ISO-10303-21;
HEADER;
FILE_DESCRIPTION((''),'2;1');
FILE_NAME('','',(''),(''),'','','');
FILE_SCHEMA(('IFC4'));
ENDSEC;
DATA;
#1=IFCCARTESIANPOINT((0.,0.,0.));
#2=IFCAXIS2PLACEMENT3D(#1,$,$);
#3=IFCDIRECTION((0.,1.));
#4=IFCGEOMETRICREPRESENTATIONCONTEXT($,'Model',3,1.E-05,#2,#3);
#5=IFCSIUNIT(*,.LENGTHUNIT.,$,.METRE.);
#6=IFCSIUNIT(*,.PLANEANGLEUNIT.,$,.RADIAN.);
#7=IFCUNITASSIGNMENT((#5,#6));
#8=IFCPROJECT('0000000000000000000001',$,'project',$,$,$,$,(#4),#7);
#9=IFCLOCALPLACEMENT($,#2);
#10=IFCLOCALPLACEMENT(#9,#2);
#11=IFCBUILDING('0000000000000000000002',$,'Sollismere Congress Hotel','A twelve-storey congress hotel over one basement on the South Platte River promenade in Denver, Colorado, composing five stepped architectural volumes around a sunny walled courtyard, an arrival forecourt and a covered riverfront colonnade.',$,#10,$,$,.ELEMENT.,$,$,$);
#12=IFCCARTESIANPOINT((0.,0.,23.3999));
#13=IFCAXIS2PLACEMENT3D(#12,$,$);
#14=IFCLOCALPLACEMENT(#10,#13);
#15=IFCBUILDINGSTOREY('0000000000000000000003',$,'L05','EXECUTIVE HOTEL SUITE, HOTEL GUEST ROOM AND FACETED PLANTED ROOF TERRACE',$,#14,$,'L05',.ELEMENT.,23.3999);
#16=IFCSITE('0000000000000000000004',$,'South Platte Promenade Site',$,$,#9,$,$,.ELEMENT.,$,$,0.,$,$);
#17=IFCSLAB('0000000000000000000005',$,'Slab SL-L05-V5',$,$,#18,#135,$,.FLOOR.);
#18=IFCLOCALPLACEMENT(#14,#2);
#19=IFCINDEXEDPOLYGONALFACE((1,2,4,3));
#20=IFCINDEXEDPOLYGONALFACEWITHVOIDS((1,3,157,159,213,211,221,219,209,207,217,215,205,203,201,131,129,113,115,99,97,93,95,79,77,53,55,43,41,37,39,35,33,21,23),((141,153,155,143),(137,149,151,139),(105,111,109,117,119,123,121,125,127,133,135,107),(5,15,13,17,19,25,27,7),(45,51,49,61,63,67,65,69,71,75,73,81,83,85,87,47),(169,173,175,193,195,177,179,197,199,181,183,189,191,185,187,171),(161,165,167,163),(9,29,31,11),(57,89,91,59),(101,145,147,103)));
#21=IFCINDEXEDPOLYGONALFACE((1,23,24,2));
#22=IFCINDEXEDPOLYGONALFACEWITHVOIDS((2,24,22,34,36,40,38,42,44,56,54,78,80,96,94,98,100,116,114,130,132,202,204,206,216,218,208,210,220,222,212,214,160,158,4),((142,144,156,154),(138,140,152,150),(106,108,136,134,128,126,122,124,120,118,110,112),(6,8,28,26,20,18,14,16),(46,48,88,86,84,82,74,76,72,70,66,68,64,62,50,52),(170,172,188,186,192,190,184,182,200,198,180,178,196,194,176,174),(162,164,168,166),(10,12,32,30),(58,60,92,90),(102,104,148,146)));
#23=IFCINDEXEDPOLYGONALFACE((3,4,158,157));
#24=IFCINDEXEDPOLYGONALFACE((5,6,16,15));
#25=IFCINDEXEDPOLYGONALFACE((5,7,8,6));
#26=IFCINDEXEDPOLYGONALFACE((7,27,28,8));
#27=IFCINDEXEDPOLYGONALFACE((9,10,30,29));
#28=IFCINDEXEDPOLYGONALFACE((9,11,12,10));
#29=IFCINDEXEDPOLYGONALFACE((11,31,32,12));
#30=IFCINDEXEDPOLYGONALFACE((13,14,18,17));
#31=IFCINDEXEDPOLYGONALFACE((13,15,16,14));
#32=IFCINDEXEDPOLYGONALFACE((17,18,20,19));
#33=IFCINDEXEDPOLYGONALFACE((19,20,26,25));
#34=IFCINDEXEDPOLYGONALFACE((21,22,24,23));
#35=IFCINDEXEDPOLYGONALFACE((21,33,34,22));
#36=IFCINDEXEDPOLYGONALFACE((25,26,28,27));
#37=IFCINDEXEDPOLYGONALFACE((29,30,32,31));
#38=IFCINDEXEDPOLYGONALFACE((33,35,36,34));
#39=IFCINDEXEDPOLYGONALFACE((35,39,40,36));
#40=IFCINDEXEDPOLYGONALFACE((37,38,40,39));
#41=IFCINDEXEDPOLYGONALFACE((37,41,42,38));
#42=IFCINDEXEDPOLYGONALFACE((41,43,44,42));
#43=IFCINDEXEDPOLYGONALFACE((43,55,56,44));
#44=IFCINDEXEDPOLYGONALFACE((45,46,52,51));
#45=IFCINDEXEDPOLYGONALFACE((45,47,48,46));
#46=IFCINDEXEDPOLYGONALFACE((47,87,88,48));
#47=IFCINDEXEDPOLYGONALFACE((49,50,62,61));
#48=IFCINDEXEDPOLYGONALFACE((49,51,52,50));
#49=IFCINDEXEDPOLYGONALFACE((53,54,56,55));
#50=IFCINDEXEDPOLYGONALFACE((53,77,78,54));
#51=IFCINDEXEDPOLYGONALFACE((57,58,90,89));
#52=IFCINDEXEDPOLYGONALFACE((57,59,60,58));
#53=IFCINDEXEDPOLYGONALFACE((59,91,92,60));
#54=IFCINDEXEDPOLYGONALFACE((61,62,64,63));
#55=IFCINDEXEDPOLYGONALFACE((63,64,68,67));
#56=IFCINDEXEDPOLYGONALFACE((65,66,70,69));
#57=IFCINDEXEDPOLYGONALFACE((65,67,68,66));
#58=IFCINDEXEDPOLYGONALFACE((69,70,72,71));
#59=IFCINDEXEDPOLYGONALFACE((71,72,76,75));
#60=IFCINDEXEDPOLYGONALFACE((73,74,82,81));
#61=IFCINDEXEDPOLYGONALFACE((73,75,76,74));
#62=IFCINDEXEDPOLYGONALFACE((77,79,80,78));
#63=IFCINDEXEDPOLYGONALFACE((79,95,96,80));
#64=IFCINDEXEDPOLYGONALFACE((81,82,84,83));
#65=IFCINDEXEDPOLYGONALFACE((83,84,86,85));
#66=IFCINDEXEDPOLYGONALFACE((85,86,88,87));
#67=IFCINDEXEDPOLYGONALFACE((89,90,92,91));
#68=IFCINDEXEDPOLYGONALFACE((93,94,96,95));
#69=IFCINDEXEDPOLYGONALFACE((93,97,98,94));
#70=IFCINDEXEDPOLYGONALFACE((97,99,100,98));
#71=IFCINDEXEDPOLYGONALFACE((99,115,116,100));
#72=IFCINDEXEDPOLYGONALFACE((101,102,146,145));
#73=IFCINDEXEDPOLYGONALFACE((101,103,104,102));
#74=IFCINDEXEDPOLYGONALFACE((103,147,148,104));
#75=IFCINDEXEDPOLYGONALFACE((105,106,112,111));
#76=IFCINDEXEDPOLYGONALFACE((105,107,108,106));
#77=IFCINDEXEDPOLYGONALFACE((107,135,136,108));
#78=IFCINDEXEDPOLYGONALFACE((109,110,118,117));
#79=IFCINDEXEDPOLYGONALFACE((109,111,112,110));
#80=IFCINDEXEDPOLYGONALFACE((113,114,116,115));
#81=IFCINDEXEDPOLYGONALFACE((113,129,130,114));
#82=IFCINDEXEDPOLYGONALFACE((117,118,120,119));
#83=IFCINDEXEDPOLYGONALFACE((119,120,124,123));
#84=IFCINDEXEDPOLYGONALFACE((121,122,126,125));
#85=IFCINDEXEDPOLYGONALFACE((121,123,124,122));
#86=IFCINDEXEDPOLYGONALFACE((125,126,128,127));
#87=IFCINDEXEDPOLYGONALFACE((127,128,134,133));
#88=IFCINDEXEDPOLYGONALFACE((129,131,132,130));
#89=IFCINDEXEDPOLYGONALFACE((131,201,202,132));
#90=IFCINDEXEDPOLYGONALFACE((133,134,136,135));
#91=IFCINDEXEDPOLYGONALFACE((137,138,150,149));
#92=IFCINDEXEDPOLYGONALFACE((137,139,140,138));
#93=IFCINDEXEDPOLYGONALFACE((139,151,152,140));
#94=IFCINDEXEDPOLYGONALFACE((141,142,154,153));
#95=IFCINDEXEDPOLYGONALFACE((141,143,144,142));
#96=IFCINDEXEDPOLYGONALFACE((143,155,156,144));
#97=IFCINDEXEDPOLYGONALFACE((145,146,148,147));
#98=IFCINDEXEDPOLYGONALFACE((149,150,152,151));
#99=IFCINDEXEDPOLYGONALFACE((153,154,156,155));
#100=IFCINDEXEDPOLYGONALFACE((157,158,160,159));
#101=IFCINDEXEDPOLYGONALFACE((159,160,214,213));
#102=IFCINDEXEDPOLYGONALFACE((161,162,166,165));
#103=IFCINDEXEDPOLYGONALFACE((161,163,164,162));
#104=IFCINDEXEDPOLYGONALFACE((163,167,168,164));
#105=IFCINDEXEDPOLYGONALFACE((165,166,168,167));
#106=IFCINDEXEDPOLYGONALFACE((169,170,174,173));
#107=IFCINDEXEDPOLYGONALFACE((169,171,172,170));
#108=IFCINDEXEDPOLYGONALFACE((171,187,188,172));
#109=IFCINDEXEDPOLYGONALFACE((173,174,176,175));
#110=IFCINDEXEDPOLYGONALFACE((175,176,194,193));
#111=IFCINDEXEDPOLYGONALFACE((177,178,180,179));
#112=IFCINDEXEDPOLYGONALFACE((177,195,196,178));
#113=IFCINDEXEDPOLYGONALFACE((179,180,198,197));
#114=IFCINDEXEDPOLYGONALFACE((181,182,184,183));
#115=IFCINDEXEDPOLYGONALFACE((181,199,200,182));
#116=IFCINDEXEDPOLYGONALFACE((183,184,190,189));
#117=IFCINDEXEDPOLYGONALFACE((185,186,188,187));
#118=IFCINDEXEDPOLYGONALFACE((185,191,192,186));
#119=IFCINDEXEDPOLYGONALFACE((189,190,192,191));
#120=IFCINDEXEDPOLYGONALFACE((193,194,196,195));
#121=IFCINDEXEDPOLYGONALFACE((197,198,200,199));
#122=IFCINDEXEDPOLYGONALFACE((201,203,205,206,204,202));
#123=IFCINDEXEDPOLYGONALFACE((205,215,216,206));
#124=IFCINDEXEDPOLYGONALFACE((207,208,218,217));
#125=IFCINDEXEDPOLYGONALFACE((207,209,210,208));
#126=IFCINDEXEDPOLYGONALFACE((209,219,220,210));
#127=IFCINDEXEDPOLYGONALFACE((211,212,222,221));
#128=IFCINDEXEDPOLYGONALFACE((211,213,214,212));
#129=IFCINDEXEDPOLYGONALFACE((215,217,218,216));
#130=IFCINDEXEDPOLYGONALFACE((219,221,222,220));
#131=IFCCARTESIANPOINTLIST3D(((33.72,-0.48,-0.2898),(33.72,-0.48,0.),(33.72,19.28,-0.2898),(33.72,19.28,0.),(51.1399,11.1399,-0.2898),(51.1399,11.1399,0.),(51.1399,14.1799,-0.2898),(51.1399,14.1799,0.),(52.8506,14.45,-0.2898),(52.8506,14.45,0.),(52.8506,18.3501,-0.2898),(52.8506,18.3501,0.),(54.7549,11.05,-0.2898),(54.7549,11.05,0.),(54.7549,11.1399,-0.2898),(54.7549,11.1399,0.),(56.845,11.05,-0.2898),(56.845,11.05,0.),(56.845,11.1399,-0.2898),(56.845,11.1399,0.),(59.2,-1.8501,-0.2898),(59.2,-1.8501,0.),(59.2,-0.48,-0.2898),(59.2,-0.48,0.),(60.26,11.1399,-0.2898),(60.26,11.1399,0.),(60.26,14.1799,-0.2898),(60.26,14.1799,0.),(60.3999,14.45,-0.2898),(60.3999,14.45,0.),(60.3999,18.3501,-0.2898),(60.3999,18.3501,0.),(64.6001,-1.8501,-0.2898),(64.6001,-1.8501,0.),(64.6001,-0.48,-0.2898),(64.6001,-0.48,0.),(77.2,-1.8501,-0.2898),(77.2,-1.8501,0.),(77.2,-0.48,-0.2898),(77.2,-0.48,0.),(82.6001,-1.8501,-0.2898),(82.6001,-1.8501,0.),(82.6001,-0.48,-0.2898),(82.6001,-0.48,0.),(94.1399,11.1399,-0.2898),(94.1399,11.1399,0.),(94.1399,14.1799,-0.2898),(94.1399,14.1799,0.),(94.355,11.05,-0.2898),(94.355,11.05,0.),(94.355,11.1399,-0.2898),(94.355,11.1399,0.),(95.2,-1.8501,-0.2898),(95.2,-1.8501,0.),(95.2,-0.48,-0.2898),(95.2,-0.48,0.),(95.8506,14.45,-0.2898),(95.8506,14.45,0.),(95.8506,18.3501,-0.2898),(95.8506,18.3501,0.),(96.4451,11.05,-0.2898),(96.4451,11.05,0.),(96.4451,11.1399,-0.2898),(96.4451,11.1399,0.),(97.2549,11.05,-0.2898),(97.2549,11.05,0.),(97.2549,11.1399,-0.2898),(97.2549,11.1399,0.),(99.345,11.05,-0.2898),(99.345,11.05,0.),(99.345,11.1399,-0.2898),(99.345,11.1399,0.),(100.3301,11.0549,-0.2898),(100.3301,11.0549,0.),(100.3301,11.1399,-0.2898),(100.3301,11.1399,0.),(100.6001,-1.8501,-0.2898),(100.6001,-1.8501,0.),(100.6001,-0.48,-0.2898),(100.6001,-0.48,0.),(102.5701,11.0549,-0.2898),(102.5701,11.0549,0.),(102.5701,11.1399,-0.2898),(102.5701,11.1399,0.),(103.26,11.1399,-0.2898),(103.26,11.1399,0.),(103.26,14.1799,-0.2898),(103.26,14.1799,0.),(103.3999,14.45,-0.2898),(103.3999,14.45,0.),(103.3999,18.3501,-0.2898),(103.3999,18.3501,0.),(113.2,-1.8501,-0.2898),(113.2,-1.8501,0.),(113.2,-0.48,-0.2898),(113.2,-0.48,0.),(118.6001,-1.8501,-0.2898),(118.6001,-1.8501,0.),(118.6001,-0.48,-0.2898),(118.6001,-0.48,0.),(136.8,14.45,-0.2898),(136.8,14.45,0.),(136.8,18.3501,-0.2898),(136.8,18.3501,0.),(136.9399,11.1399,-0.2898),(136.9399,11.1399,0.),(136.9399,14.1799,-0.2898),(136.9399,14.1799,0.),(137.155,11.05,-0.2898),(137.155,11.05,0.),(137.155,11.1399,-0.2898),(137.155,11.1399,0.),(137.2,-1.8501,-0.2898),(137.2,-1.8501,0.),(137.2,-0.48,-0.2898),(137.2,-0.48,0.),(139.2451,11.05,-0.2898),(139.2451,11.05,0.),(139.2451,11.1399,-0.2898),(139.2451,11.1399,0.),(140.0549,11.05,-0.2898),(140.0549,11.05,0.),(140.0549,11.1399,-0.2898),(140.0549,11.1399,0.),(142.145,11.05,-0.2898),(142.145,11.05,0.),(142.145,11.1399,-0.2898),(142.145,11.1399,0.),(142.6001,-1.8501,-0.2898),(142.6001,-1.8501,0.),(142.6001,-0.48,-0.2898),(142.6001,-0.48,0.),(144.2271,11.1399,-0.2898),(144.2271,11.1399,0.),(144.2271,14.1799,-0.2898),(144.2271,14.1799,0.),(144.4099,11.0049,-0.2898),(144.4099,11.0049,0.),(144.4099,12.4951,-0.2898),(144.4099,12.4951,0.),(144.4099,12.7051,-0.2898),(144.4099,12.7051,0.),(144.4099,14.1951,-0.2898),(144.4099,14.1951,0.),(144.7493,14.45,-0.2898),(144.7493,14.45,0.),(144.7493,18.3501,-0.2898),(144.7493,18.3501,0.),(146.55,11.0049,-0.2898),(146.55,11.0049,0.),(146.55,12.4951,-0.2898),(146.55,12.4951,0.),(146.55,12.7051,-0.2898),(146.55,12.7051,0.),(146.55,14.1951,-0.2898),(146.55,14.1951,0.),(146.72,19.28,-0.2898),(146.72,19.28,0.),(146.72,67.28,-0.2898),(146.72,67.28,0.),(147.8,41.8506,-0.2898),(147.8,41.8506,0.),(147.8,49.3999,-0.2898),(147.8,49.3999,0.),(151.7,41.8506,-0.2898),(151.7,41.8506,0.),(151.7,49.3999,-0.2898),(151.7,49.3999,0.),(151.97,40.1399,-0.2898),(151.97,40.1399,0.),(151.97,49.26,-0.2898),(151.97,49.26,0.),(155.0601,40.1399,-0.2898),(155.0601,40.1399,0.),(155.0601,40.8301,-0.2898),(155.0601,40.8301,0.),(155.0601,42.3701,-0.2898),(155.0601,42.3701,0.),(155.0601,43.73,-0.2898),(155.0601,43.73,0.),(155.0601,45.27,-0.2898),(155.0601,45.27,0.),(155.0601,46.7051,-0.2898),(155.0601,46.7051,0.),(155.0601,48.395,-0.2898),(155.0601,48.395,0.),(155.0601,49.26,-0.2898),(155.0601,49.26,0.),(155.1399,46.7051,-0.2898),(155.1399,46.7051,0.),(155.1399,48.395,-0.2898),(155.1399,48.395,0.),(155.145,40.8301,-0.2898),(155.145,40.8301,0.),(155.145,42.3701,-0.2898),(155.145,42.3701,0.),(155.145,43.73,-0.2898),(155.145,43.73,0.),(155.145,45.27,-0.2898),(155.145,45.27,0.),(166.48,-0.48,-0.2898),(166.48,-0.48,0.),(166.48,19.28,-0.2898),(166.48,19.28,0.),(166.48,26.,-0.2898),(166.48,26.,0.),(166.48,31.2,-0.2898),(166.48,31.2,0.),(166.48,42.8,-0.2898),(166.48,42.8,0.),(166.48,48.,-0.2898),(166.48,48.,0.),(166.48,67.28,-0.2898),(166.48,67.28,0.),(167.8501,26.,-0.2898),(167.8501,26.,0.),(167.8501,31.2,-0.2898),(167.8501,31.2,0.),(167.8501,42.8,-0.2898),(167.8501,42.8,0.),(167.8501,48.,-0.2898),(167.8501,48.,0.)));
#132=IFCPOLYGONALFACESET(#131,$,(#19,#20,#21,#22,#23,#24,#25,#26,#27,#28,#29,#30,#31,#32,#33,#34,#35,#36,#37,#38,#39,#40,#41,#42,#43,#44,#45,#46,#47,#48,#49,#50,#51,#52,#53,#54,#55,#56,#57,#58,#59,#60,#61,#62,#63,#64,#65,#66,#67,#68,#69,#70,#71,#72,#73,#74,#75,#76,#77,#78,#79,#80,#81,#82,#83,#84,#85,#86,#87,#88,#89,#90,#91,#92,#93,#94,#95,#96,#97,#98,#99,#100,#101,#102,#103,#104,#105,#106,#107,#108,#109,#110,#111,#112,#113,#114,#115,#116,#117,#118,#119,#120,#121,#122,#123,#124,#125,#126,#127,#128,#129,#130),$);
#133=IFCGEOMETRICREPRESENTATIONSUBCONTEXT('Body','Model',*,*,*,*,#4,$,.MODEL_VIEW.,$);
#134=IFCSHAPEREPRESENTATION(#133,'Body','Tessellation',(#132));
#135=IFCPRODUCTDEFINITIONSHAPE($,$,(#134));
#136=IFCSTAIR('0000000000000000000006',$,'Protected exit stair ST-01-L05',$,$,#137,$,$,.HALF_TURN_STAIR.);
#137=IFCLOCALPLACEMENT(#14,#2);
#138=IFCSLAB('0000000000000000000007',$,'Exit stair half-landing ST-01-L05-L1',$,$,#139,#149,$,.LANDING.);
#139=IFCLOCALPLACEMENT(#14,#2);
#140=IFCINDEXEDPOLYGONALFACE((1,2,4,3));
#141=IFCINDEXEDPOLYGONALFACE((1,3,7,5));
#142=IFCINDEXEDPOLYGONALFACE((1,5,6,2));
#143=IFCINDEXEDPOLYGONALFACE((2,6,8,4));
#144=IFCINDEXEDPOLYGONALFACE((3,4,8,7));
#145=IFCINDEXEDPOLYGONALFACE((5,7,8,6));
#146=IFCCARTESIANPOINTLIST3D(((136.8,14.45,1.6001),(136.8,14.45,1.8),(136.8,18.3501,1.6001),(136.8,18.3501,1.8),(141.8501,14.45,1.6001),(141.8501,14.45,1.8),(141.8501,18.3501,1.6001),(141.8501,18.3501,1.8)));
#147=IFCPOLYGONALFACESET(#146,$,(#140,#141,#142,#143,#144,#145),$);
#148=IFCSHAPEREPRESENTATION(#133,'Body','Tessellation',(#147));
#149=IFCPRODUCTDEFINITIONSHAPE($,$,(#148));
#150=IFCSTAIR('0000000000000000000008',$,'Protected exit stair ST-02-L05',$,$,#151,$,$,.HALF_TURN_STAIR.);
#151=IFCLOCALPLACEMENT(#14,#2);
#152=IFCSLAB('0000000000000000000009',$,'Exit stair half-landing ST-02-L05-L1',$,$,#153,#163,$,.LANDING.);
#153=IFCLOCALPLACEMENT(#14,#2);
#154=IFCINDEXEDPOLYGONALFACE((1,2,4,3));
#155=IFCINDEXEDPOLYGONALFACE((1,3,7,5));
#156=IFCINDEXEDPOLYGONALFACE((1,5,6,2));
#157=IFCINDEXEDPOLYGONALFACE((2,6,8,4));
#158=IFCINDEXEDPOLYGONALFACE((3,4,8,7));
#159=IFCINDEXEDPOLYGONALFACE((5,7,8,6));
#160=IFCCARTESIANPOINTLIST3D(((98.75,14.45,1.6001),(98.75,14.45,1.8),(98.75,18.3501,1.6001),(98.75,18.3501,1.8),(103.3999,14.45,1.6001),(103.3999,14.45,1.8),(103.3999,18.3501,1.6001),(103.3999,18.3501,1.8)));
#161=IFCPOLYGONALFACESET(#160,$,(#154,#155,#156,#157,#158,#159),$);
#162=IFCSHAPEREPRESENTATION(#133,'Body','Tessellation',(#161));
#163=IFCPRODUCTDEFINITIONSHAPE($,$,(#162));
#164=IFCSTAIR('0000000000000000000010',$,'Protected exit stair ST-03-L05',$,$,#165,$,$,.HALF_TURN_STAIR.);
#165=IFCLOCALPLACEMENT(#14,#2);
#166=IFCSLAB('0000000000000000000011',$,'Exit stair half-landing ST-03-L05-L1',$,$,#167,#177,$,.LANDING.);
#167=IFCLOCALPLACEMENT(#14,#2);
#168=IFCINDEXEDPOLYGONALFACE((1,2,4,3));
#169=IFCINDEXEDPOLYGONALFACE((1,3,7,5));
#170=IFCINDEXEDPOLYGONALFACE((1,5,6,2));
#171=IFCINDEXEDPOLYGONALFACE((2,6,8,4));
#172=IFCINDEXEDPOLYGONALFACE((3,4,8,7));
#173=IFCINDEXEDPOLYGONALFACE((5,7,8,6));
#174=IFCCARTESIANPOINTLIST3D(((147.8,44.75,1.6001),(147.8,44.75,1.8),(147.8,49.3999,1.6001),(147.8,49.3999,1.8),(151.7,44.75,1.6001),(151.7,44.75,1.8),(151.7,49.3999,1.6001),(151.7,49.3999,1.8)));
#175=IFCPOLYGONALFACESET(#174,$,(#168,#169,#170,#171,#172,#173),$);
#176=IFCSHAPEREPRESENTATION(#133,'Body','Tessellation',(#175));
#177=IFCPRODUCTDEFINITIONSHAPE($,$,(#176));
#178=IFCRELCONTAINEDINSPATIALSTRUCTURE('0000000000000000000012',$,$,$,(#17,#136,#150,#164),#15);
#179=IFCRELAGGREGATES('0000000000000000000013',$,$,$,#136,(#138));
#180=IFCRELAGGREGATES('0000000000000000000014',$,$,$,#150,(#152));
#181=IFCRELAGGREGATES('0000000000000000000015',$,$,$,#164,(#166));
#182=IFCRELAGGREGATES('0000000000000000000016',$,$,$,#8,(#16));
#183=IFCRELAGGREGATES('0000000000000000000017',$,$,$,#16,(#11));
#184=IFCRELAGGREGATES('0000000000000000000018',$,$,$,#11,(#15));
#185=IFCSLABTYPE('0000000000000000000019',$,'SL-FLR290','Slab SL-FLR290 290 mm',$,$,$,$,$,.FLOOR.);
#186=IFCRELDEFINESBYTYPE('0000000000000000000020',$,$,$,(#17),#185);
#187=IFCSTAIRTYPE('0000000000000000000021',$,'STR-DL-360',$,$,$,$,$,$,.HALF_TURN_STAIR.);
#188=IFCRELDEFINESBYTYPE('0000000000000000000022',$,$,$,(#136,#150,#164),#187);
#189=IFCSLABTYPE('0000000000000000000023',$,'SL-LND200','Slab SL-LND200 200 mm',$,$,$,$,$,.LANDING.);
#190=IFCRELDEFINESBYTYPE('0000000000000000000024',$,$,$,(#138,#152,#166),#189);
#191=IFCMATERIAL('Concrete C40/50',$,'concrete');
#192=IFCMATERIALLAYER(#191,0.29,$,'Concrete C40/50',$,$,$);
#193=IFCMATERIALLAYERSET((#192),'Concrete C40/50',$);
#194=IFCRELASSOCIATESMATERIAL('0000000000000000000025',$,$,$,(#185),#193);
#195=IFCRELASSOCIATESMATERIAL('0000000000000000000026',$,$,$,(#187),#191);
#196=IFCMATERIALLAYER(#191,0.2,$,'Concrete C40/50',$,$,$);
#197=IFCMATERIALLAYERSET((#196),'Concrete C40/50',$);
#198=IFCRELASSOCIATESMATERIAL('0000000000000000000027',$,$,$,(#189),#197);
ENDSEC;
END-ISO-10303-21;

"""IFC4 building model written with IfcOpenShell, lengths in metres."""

from ifc_helpers import new_model, si_unit, direction, frame, origin, place, context, subcontext, project, spatial, polyline, outline, extrude, material, layer, layer_set, type_object, element, aggregate, save


model = new_model("IFC4")

# Units and contexts
model_context = context("Model", 3, precision=1e-05, world=origin(), true_north=direction((0.0, 1.0)))
body_context = subcontext(model_context, "Body", "Model", "MODEL_VIEW")
ifc_project = project(units=[si_unit("LENGTHUNIT", "METRE"), si_unit("PLANEANGLEUNIT", "RADIAN")], contexts=[model_context])

# Site, building, storey
site_placement = place(None, origin())
site = spatial("IfcSite", under=ifc_project, at=site_placement, Name="South Platte Promenade Site", CompositionType="ELEMENT", RefElevation=0.0)
building_placement = place(site_placement, origin())
building = spatial("IfcBuilding", under=site, at=building_placement, Name="Sollismere Congress Hotel", Description="A twelve-storey congress hotel over one basement on the South Platte River promenade in Denver, Colorado, composing five stepped architectural volumes around a sunny walled courtyard, an arrival forecourt and a covered riverfront colonnade.", CompositionType="ELEMENT")
storey_placement = place(building_placement, frame((0.0, 0.0, 23.3999)))
storey = spatial("IfcBuildingStorey", under=building, at=storey_placement, Name="L05", Description="EXECUTIVE HOTEL SUITE, HOTEL GUEST ROOM AND FACETED PLANTED ROOF TERRACE", LongName="L05", CompositionType="ELEMENT", Elevation=23.3999)

# Slab
ifc_material_1 = material(Name="Concrete C40/50", Category="concrete")
ifc_layer_1 = layer(ifc_material_1, 0.29, Name="Concrete C40/50")
ifc_layer_set_1 = layer_set([ifc_layer_1], Name="Concrete C40/50")
slab_type_1 = type_object("IfcSlabType", Name="SL-FLR290", Description="Slab SL-FLR290 290 mm", PredefinedType="FLOOR", material=ifc_layer_set_1)
slab_1_placement = place(storey_placement, frame((0.0, 0.0, -0.2898)))
element("IfcSlab", 1, at=slab_1_placement, inside=storey, type_object=slab_type_1, Name="Slab SL-L05-V5", PredefinedType="FLOOR", context=body_context, shape_type="SweptSolid", body=[
    extrude(outline(polyline([(64.6001, -1.8501), (64.6001, -0.48), (77.2, -0.48), (77.2, -1.8501), (82.6001, -1.8501), (82.6001, -0.48), (95.2, -0.48), (95.2, -1.8501), (100.6001, -1.8501), (100.6001, -0.48), (113.2, -0.48), (113.2, -1.8501), (118.6001, -1.8501), (118.6001, -0.48), (137.2, -0.48), (137.2, -1.8501), (142.6001, -1.8501), (142.6001, -0.48), (166.48, -0.48), (166.48, 19.28), (166.48, 26.0), (167.8501, 26.0), (167.8501, 31.2), (166.48, 31.2), (166.48, 42.8), (167.8501, 42.8), (167.8501, 48.0), (166.48, 48.0), (166.48, 67.28), (146.72, 67.28), (146.72, 19.28), (33.72, 19.28), (33.72, -0.48), (59.2, -0.48), (59.2, -1.8501), (64.6001, -1.8501)]), holes=[polyline([(54.7549, 11.05), (54.7549, 11.1399), (51.1399, 11.1399), (51.1399, 14.1799), (60.26, 14.1799), (60.26, 11.1399), (56.845, 11.1399), (56.845, 11.05), (54.7549, 11.05)]), polyline([(94.355, 11.05), (94.355, 11.1399), (94.1399, 11.1399), (94.1399, 14.1799), (103.26, 14.1799), (103.26, 11.1399), (102.5701, 11.1399), (102.5701, 11.0549), (100.3301, 11.0549), (100.3301, 11.1399), (99.345, 11.1399), (99.345, 11.05), (97.2549, 11.05), (97.2549, 11.1399), (96.4451, 11.1399), (96.4451, 11.05), (94.355, 11.05)]), polyline([(137.155, 11.05), (137.155, 11.1399), (136.9399, 11.1399), (136.9399, 14.1799), (144.2271, 14.1799), (144.2271, 11.1399), (142.145, 11.1399), (142.145, 11.05), (140.0549, 11.05), (140.0549, 11.1399), (139.2451, 11.1399), (139.2451, 11.05), (137.155, 11.05)]), polyline([(52.8506, 18.3501), (60.3999, 18.3501), (60.3999, 14.45), (52.8506, 14.45), (52.8506, 18.3501)]), polyline([(95.8506, 14.45), (95.8506, 18.3501), (103.3999, 18.3501), (103.3999, 14.45), (95.8506, 14.45)]), polyline([(146.55, 11.0049), (144.4099, 11.0049), (144.4099, 12.4951), (146.55, 12.4951), (146.55, 11.0049)]), polyline([(144.4099, 12.7051), (144.4099, 14.1951), (146.55, 14.1951), (146.55, 12.7051), (144.4099, 12.7051)]), polyline([(144.7493, 14.45), (136.8, 14.45), (136.8, 18.3501), (144.7493, 18.3501), (144.7493, 14.45)]), polyline([(155.0601, 40.8301), (155.0601, 40.1399), (151.97, 40.1399), (151.97, 49.26), (155.0601, 49.26), (155.0601, 48.395), (155.1399, 48.395), (155.1399, 46.7051), (155.0601, 46.7051), (155.0601, 45.27), (155.145, 45.27), (155.145, 43.73), (155.0601, 43.73), (155.0601, 42.3701), (155.145, 42.3701), (155.145, 40.8301), (155.0601, 40.8301)]), polyline([(147.8, 41.8506), (147.8, 49.3999), (151.7, 49.3999), (151.7, 41.8506), (147.8, 41.8506)])]), origin(), (0.0, 0.0, 1.0), 0.2898),
])

# Stairs, slabs
stair_type = type_object("IfcStairType", Name="STR-DL-360", PredefinedType="HALF_TURN_STAIR", material=ifc_material_1)
stair_1_placement = place(storey_placement, origin())
stair_1 = element("IfcStair", 2, at=stair_1_placement, inside=storey, type_object=stair_type, Name="Protected exit stair ST-01-L05", PredefinedType="HALF_TURN_STAIR")
ifc_layer_2 = layer(ifc_material_1, 0.2, Name="Concrete C40/50")
ifc_layer_set_2 = layer_set([ifc_layer_2], Name="Concrete C40/50")
slab_type_2 = type_object("IfcSlabType", Name="SL-LND200", Description="Slab SL-LND200 200 mm", PredefinedType="LANDING", material=ifc_layer_set_2)
slab_2_placement = place(storey_placement, frame((0.0, 0.0, 1.6001)))
slab_2 = element("IfcSlab", 3, at=slab_2_placement, type_object=slab_type_2, Name="Exit stair half-landing ST-01-L05-L1", PredefinedType="LANDING", context=body_context, shape_type="SweptSolid", body=[
    extrude(outline(polyline([(141.8501, 18.3501), (136.8, 18.3501), (136.8, 14.45), (141.8501, 14.45), (141.8501, 18.3501)])), origin(), (0.0, 0.0, 1.0), 0.2),
])
aggregate(stair_1, [slab_2])
stair_2_placement = place(storey_placement, origin())
stair_2 = element("IfcStair", 4, at=stair_2_placement, inside=storey, type_object=stair_type, Name="Protected exit stair ST-02-L05", PredefinedType="HALF_TURN_STAIR")
slab_3_placement = place(storey_placement, frame((0.0, 0.0, 1.6001)))
slab_3 = element("IfcSlab", 5, at=slab_3_placement, type_object=slab_type_2, Name="Exit stair half-landing ST-02-L05-L1", PredefinedType="LANDING", context=body_context, shape_type="SweptSolid", body=[
    extrude(outline(polyline([(98.75, 14.45), (103.3999, 14.45), (103.3999, 18.3501), (98.75, 18.3501), (98.75, 14.45)])), origin(), (0.0, 0.0, 1.0), 0.2),
])
aggregate(stair_2, [slab_3])
stair_3_placement = place(storey_placement, origin())
stair_3 = element("IfcStair", 6, at=stair_3_placement, inside=storey, type_object=stair_type, Name="Protected exit stair ST-03-L05", PredefinedType="HALF_TURN_STAIR")
slab_4_placement = place(storey_placement, frame((0.0, 0.0, 1.6001)))
slab_4 = element("IfcSlab", 7, at=slab_4_placement, type_object=slab_type_2, Name="Exit stair half-landing ST-03-L05-L1", PredefinedType="LANDING", context=body_context, shape_type="SweptSolid", body=[
    extrude(outline(polyline([(151.7, 44.75), (151.7, 49.3999), (147.8, 49.3999), (147.8, 44.75), (151.7, 44.75)])), origin(), (0.0, 0.0, 1.0), 0.2),
])
aggregate(stair_3, [slab_4])

save(model, "model.ifc")
